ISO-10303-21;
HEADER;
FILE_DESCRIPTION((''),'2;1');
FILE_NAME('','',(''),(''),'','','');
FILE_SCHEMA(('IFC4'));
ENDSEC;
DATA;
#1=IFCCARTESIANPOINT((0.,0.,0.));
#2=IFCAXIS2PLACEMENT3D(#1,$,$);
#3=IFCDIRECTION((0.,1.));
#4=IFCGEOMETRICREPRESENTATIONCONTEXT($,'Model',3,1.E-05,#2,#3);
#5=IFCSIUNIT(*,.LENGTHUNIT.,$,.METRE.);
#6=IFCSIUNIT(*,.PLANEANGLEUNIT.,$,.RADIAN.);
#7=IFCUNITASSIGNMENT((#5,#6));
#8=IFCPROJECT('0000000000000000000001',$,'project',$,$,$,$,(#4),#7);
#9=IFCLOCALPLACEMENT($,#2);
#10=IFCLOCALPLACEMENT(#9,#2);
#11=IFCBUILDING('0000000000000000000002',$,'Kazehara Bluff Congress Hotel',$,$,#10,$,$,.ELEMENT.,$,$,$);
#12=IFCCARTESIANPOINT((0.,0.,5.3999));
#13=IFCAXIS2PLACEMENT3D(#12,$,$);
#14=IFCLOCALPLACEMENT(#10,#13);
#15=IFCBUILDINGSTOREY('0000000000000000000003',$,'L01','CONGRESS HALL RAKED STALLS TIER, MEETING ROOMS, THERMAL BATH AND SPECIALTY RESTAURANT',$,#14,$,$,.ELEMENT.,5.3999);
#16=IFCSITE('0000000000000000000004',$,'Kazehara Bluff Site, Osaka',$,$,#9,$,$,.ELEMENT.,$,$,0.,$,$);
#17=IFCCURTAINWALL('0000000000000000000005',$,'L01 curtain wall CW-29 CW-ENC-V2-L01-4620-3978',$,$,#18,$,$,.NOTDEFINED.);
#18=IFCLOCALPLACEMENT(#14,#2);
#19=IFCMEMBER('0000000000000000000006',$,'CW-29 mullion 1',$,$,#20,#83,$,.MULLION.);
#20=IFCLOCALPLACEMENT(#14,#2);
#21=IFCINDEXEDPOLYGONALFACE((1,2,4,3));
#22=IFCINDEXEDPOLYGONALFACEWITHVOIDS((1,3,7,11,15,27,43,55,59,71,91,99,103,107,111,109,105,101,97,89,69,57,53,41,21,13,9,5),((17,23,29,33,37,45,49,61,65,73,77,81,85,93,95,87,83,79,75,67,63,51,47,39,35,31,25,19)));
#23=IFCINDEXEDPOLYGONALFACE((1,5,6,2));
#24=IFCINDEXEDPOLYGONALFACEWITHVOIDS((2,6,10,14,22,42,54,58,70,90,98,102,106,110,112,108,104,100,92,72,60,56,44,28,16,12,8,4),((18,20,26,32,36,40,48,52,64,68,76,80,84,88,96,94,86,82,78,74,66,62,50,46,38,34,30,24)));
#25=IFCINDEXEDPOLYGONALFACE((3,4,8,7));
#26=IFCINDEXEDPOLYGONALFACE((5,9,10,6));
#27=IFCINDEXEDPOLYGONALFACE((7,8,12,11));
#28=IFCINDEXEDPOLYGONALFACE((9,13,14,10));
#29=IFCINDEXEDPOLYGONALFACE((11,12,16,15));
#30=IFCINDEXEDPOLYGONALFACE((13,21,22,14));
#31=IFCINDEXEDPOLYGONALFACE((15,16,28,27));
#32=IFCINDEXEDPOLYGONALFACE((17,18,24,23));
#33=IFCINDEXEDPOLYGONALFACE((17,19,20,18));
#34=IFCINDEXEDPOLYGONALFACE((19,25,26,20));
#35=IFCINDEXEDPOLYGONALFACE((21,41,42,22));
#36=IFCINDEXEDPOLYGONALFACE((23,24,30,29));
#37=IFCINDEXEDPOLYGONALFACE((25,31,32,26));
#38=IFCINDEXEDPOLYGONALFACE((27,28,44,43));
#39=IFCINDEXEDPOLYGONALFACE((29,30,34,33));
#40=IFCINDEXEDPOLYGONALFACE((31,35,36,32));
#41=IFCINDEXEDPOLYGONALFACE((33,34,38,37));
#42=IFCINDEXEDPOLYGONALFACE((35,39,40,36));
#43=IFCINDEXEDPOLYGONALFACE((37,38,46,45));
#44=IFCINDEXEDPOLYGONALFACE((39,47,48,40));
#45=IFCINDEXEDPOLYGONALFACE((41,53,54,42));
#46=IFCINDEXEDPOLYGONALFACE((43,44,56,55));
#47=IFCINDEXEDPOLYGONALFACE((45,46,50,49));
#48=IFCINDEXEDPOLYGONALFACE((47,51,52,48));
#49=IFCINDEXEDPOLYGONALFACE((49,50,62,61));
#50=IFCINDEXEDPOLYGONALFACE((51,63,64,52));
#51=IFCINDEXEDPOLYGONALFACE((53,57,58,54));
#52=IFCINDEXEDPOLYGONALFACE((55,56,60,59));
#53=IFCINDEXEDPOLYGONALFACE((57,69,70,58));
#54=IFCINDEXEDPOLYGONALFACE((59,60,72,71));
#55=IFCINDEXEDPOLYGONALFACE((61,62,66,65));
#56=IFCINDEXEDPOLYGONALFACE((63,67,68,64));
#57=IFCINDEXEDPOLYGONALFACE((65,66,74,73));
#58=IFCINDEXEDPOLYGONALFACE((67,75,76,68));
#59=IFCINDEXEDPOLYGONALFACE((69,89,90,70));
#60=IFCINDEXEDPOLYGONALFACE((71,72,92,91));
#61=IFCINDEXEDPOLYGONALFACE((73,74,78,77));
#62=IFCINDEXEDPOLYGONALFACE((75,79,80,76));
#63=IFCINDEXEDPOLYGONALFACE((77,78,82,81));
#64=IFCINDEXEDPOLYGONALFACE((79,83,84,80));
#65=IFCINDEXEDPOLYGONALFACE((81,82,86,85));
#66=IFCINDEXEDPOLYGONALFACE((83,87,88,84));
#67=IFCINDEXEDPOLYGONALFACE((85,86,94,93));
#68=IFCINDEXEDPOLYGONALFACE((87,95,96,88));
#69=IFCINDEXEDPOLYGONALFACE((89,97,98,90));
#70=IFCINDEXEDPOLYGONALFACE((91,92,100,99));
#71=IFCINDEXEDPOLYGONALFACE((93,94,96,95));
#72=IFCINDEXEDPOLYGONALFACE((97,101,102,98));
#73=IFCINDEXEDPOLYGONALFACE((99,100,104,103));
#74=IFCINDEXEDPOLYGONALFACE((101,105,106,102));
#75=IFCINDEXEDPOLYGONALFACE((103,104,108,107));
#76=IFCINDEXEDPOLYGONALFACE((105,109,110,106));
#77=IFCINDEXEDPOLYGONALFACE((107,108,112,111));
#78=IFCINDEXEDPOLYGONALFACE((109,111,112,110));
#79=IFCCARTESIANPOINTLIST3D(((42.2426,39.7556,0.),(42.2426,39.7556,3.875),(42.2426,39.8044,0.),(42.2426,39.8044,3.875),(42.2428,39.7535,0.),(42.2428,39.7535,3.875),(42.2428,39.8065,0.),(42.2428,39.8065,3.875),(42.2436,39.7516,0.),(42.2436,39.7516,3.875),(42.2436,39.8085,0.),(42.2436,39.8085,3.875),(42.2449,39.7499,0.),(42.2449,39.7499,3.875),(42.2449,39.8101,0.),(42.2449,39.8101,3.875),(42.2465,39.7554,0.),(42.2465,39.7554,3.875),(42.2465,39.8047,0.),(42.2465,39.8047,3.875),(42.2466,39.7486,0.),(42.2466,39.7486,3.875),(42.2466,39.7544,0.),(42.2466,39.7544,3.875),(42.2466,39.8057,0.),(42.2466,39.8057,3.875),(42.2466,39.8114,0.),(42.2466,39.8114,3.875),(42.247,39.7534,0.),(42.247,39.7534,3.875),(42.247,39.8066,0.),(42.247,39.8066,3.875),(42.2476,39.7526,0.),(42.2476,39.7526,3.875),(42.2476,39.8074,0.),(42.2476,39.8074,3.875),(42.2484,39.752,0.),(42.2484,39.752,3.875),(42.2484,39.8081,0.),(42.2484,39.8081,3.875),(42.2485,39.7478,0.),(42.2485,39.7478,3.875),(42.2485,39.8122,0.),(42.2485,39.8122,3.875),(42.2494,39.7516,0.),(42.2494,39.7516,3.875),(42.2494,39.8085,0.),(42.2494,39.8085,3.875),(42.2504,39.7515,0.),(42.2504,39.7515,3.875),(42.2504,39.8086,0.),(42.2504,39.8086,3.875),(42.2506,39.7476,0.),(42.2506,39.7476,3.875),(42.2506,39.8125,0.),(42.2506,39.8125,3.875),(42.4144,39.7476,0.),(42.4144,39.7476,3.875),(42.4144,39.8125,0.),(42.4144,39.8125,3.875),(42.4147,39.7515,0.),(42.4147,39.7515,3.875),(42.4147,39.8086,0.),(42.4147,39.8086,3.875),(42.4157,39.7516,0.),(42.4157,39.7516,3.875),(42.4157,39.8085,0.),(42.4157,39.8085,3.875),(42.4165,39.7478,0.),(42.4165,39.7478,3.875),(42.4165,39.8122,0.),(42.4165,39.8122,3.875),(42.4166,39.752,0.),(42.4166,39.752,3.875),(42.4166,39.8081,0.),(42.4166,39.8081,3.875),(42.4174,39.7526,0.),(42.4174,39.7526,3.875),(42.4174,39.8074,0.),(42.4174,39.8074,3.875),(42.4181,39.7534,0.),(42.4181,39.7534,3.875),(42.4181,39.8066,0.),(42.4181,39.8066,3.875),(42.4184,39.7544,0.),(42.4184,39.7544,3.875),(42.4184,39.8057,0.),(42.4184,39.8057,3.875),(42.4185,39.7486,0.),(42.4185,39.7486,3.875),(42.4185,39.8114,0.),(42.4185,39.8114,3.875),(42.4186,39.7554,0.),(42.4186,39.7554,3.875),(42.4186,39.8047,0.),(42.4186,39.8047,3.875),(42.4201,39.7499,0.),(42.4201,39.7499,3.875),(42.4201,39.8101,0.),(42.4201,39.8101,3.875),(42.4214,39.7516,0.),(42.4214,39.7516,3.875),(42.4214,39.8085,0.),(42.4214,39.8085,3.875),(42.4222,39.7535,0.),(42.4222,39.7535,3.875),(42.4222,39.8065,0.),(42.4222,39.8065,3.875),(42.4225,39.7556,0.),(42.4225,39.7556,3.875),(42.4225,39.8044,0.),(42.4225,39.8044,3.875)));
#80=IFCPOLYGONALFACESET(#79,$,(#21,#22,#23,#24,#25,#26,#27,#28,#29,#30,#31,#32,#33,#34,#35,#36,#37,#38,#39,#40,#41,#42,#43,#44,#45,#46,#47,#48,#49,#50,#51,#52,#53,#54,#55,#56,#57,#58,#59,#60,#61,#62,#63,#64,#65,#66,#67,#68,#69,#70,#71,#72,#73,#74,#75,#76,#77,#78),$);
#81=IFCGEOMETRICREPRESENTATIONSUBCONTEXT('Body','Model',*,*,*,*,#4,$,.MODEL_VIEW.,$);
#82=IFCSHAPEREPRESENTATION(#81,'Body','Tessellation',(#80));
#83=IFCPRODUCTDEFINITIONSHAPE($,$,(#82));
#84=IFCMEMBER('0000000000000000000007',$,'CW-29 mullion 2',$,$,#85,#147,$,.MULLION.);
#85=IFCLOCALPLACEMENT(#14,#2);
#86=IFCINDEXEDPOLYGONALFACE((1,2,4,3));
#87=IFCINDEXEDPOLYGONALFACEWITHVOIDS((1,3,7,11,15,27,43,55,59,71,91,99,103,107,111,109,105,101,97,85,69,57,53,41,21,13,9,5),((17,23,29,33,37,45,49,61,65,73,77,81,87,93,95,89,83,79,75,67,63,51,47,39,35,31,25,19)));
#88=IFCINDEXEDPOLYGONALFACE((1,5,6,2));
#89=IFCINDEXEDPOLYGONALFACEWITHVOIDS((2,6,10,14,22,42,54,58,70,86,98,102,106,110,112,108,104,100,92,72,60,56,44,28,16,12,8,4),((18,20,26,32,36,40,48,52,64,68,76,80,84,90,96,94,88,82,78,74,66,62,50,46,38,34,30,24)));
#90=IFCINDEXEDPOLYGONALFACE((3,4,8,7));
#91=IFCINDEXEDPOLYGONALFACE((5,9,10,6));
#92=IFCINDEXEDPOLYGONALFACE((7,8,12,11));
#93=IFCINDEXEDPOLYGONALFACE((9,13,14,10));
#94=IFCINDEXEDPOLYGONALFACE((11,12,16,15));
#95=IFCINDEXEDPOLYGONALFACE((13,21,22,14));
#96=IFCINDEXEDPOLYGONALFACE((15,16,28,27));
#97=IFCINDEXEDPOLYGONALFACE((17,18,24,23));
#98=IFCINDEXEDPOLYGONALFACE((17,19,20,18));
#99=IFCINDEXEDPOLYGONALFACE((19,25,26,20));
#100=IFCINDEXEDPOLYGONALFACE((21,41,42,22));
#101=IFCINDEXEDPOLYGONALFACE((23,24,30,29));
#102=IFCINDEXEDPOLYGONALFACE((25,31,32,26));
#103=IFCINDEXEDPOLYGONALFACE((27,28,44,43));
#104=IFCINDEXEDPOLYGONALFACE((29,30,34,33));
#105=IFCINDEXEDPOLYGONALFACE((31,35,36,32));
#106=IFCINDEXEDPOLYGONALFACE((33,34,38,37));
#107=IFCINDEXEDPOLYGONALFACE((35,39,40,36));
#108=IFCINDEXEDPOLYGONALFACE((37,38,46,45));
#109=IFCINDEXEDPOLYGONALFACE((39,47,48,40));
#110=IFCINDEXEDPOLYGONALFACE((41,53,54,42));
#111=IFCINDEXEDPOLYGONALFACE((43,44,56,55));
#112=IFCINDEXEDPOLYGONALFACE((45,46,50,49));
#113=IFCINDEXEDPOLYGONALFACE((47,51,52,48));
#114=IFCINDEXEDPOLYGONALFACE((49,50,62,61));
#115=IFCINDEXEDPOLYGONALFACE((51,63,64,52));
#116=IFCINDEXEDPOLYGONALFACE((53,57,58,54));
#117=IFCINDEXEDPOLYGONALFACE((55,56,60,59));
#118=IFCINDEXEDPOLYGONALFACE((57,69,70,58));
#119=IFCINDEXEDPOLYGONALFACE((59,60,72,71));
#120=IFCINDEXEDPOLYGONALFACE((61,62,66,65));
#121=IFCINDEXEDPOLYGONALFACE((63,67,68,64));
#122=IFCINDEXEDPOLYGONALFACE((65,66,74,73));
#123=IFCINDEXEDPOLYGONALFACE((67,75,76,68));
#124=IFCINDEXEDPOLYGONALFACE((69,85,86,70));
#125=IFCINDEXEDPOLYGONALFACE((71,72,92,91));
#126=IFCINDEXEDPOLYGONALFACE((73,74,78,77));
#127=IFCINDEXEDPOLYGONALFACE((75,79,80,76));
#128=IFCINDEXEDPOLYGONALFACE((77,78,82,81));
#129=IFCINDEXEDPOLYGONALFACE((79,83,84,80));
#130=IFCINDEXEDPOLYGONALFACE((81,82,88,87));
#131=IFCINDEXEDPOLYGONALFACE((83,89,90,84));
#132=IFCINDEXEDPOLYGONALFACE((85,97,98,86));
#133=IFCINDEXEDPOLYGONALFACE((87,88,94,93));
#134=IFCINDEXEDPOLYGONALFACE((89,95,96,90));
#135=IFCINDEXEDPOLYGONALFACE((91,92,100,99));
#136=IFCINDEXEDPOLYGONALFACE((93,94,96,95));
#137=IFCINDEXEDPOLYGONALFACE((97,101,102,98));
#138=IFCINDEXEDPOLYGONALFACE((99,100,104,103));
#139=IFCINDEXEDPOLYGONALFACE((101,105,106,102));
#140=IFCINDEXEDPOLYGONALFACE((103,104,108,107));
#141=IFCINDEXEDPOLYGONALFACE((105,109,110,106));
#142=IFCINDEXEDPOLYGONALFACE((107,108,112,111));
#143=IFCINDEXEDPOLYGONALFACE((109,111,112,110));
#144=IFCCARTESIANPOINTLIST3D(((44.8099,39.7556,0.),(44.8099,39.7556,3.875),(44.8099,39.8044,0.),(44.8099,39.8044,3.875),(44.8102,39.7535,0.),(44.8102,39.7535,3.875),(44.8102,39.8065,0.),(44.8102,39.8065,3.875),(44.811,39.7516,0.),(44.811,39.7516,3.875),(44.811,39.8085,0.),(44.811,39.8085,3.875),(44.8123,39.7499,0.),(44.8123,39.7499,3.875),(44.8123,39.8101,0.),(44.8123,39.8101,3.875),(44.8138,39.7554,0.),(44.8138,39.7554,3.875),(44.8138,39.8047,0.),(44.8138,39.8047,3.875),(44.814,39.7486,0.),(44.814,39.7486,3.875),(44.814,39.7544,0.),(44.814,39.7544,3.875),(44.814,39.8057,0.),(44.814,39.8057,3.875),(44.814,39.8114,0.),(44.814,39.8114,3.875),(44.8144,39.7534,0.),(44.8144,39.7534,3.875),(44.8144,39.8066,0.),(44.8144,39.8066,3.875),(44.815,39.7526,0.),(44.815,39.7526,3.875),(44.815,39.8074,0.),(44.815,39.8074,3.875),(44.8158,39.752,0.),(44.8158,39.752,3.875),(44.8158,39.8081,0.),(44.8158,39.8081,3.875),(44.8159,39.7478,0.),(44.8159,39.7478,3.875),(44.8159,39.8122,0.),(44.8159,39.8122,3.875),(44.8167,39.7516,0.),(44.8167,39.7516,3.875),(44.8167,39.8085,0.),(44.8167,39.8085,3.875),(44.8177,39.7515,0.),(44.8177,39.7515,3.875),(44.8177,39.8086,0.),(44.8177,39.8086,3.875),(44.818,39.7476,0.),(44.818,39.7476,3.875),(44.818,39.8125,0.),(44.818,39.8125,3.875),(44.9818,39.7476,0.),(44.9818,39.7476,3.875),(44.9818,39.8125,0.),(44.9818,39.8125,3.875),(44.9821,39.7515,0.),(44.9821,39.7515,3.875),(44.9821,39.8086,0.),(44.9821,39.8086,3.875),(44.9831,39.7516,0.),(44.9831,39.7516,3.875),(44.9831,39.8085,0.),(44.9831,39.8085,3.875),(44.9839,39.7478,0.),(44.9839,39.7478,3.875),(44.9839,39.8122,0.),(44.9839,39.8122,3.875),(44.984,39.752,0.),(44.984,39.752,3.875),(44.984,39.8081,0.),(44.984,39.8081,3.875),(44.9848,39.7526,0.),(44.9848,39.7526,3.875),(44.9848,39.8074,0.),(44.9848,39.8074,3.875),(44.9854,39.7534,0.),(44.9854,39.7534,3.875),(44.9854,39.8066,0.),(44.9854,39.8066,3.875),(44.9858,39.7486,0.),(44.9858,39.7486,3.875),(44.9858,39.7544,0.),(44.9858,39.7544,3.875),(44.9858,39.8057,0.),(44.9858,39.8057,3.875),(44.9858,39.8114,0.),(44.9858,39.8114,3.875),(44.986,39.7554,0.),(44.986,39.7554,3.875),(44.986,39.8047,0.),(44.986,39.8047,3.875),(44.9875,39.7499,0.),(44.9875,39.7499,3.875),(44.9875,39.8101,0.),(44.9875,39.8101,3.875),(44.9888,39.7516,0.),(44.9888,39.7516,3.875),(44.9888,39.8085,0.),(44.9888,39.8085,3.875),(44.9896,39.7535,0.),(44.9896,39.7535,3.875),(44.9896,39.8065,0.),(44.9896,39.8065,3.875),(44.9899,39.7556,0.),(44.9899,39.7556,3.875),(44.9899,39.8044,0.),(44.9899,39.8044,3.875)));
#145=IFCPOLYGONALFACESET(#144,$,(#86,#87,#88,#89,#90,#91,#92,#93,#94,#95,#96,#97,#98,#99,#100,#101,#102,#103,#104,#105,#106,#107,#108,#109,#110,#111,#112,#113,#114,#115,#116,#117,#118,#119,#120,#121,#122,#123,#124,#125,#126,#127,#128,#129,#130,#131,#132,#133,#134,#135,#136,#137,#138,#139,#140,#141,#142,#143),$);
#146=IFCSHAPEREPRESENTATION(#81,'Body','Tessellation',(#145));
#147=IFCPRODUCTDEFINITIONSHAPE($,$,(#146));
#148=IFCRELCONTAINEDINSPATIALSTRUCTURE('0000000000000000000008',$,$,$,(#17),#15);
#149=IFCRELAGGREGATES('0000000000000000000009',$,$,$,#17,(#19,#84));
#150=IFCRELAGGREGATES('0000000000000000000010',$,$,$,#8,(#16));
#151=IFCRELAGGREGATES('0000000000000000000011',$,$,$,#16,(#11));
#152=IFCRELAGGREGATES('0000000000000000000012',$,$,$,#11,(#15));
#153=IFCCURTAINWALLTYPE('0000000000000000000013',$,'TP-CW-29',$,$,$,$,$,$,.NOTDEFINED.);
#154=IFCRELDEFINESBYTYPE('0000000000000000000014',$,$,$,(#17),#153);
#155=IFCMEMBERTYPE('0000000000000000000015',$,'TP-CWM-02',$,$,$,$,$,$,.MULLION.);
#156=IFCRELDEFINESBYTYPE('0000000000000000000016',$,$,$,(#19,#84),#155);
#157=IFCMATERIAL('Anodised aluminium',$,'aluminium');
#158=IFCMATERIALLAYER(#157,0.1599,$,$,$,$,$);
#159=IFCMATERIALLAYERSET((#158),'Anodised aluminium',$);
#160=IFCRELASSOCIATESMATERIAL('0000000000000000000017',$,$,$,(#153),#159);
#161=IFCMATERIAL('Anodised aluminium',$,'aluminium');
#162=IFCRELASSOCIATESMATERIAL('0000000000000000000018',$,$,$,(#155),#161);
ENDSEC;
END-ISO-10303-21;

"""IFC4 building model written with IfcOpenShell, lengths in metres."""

from ifc_helpers import new_model, si_unit, direction, frame, origin, origin_2d, place, context, subcontext, project, spatial, hollow_rectangle, extrude, material, layer, layer_set, material_profile, profile_set, type_object, element, aggregate, save


model = new_model("IFC4")

# Units and contexts
model_context = context("Model", 3, precision=1e-05, world=origin(), true_north=direction((0.0, 1.0)))
body_context = subcontext(model_context, "Body", "Model", "MODEL_VIEW")
ifc_project = project(units=[si_unit("LENGTHUNIT", "METRE"), si_unit("PLANEANGLEUNIT", "RADIAN")], contexts=[model_context])

# Site, building, storey
site_placement = place(None, origin())
site = spatial("IfcSite", under=ifc_project, at=site_placement, Name="Kazehara Bluff Site, Osaka", CompositionType="ELEMENT", RefElevation=0.0)
building_placement = place(site_placement, origin())
building = spatial("IfcBuilding", under=site, at=building_placement, Name="Kazehara Bluff Congress Hotel", CompositionType="ELEMENT")
storey_placement = place(building_placement, frame((0.0, 0.0, 5.3999)))
storey = spatial("IfcBuildingStorey", under=building, at=storey_placement, Name="L01", Description="CONGRESS HALL RAKED STALLS TIER, MEETING ROOMS, THERMAL BATH AND SPECIALTY RESTAURANT", CompositionType="ELEMENT", Elevation=5.3999)

# Curtain wall, members
ifc_material_1 = material(Name="Anodised aluminium", Category="aluminium")
ifc_layer_1 = layer(ifc_material_1, 0.1599)
ifc_layer_set_1 = layer_set([ifc_layer_1], Name="Anodised aluminium")
curtain_wall_type = type_object("IfcCurtainWallType", Name="TP-CW-29", PredefinedType="NOTDEFINED", material=ifc_layer_set_1)
ifc_material_2 = material(Name="Anodised aluminium", Category="aluminium")
ifc_material_profile_1 = material_profile(ifc_material_2, hollow_rectangle(XDim=0.0649, YDim=0.1799, WallThickness=0.0039, InnerFilletRadius=0.0039, OuterFilletRadius=0.0081, at=origin_2d()))
ifc_profile_set_1 = profile_set([ifc_material_profile_1], Name="Anodised aluminium")
member_type_1 = type_object("IfcMemberType", Name="TP-CWM-02", PredefinedType="MULLION", material=ifc_profile_set_1)
curtain_wall_1_placement = place(storey_placement, origin())
curtain_wall_1 = element("IfcCurtainWall", 1, at=curtain_wall_1_placement, inside=storey, type_object=curtain_wall_type, Name="L01 curtain wall CW-29 CW-ENC-V2-L01-4620-3978", PredefinedType="NOTDEFINED")
member_1_placement = place(storey_placement, frame((42.3325, 39.78, 0.0), z_axis=(0.0, 0.0, 1.0), x_axis=(0.0, 1.0, 0.0)))
member_1 = element("IfcMember", 2, at=member_1_placement, type_object=member_type_1, Name="CW-29 mullion 1", PredefinedType="MULLION", context=body_context, shape_type="SweptSolid", body=[
    extrude(hollow_rectangle(XDim=0.0649, YDim=0.1799, WallThickness=0.0039, InnerFilletRadius=0.0039, OuterFilletRadius=0.0081, at=origin_2d()), origin(), (0.0, 0.0, 1.0), 3.875),
])
member_2_placement = place(storey_placement, frame((44.8999, 39.78, 0.0), z_axis=(0.0, 0.0, 1.0), x_axis=(0.0, 1.0, 0.0)))
member_2 = element("IfcMember", 3, at=member_2_placement, type_object=member_type_1, Name="CW-29 mullion 2", PredefinedType="MULLION", context=body_context, shape_type="SweptSolid", body=[
    extrude(hollow_rectangle(XDim=0.0649, YDim=0.1799, WallThickness=0.0039, InnerFilletRadius=0.0039, OuterFilletRadius=0.0081, at=origin_2d()), origin(), (0.0, 0.0, 1.0), 3.875),
])

aggregate(curtain_wall_1, [member_1, member_2])

save(model, "model.ifc")
